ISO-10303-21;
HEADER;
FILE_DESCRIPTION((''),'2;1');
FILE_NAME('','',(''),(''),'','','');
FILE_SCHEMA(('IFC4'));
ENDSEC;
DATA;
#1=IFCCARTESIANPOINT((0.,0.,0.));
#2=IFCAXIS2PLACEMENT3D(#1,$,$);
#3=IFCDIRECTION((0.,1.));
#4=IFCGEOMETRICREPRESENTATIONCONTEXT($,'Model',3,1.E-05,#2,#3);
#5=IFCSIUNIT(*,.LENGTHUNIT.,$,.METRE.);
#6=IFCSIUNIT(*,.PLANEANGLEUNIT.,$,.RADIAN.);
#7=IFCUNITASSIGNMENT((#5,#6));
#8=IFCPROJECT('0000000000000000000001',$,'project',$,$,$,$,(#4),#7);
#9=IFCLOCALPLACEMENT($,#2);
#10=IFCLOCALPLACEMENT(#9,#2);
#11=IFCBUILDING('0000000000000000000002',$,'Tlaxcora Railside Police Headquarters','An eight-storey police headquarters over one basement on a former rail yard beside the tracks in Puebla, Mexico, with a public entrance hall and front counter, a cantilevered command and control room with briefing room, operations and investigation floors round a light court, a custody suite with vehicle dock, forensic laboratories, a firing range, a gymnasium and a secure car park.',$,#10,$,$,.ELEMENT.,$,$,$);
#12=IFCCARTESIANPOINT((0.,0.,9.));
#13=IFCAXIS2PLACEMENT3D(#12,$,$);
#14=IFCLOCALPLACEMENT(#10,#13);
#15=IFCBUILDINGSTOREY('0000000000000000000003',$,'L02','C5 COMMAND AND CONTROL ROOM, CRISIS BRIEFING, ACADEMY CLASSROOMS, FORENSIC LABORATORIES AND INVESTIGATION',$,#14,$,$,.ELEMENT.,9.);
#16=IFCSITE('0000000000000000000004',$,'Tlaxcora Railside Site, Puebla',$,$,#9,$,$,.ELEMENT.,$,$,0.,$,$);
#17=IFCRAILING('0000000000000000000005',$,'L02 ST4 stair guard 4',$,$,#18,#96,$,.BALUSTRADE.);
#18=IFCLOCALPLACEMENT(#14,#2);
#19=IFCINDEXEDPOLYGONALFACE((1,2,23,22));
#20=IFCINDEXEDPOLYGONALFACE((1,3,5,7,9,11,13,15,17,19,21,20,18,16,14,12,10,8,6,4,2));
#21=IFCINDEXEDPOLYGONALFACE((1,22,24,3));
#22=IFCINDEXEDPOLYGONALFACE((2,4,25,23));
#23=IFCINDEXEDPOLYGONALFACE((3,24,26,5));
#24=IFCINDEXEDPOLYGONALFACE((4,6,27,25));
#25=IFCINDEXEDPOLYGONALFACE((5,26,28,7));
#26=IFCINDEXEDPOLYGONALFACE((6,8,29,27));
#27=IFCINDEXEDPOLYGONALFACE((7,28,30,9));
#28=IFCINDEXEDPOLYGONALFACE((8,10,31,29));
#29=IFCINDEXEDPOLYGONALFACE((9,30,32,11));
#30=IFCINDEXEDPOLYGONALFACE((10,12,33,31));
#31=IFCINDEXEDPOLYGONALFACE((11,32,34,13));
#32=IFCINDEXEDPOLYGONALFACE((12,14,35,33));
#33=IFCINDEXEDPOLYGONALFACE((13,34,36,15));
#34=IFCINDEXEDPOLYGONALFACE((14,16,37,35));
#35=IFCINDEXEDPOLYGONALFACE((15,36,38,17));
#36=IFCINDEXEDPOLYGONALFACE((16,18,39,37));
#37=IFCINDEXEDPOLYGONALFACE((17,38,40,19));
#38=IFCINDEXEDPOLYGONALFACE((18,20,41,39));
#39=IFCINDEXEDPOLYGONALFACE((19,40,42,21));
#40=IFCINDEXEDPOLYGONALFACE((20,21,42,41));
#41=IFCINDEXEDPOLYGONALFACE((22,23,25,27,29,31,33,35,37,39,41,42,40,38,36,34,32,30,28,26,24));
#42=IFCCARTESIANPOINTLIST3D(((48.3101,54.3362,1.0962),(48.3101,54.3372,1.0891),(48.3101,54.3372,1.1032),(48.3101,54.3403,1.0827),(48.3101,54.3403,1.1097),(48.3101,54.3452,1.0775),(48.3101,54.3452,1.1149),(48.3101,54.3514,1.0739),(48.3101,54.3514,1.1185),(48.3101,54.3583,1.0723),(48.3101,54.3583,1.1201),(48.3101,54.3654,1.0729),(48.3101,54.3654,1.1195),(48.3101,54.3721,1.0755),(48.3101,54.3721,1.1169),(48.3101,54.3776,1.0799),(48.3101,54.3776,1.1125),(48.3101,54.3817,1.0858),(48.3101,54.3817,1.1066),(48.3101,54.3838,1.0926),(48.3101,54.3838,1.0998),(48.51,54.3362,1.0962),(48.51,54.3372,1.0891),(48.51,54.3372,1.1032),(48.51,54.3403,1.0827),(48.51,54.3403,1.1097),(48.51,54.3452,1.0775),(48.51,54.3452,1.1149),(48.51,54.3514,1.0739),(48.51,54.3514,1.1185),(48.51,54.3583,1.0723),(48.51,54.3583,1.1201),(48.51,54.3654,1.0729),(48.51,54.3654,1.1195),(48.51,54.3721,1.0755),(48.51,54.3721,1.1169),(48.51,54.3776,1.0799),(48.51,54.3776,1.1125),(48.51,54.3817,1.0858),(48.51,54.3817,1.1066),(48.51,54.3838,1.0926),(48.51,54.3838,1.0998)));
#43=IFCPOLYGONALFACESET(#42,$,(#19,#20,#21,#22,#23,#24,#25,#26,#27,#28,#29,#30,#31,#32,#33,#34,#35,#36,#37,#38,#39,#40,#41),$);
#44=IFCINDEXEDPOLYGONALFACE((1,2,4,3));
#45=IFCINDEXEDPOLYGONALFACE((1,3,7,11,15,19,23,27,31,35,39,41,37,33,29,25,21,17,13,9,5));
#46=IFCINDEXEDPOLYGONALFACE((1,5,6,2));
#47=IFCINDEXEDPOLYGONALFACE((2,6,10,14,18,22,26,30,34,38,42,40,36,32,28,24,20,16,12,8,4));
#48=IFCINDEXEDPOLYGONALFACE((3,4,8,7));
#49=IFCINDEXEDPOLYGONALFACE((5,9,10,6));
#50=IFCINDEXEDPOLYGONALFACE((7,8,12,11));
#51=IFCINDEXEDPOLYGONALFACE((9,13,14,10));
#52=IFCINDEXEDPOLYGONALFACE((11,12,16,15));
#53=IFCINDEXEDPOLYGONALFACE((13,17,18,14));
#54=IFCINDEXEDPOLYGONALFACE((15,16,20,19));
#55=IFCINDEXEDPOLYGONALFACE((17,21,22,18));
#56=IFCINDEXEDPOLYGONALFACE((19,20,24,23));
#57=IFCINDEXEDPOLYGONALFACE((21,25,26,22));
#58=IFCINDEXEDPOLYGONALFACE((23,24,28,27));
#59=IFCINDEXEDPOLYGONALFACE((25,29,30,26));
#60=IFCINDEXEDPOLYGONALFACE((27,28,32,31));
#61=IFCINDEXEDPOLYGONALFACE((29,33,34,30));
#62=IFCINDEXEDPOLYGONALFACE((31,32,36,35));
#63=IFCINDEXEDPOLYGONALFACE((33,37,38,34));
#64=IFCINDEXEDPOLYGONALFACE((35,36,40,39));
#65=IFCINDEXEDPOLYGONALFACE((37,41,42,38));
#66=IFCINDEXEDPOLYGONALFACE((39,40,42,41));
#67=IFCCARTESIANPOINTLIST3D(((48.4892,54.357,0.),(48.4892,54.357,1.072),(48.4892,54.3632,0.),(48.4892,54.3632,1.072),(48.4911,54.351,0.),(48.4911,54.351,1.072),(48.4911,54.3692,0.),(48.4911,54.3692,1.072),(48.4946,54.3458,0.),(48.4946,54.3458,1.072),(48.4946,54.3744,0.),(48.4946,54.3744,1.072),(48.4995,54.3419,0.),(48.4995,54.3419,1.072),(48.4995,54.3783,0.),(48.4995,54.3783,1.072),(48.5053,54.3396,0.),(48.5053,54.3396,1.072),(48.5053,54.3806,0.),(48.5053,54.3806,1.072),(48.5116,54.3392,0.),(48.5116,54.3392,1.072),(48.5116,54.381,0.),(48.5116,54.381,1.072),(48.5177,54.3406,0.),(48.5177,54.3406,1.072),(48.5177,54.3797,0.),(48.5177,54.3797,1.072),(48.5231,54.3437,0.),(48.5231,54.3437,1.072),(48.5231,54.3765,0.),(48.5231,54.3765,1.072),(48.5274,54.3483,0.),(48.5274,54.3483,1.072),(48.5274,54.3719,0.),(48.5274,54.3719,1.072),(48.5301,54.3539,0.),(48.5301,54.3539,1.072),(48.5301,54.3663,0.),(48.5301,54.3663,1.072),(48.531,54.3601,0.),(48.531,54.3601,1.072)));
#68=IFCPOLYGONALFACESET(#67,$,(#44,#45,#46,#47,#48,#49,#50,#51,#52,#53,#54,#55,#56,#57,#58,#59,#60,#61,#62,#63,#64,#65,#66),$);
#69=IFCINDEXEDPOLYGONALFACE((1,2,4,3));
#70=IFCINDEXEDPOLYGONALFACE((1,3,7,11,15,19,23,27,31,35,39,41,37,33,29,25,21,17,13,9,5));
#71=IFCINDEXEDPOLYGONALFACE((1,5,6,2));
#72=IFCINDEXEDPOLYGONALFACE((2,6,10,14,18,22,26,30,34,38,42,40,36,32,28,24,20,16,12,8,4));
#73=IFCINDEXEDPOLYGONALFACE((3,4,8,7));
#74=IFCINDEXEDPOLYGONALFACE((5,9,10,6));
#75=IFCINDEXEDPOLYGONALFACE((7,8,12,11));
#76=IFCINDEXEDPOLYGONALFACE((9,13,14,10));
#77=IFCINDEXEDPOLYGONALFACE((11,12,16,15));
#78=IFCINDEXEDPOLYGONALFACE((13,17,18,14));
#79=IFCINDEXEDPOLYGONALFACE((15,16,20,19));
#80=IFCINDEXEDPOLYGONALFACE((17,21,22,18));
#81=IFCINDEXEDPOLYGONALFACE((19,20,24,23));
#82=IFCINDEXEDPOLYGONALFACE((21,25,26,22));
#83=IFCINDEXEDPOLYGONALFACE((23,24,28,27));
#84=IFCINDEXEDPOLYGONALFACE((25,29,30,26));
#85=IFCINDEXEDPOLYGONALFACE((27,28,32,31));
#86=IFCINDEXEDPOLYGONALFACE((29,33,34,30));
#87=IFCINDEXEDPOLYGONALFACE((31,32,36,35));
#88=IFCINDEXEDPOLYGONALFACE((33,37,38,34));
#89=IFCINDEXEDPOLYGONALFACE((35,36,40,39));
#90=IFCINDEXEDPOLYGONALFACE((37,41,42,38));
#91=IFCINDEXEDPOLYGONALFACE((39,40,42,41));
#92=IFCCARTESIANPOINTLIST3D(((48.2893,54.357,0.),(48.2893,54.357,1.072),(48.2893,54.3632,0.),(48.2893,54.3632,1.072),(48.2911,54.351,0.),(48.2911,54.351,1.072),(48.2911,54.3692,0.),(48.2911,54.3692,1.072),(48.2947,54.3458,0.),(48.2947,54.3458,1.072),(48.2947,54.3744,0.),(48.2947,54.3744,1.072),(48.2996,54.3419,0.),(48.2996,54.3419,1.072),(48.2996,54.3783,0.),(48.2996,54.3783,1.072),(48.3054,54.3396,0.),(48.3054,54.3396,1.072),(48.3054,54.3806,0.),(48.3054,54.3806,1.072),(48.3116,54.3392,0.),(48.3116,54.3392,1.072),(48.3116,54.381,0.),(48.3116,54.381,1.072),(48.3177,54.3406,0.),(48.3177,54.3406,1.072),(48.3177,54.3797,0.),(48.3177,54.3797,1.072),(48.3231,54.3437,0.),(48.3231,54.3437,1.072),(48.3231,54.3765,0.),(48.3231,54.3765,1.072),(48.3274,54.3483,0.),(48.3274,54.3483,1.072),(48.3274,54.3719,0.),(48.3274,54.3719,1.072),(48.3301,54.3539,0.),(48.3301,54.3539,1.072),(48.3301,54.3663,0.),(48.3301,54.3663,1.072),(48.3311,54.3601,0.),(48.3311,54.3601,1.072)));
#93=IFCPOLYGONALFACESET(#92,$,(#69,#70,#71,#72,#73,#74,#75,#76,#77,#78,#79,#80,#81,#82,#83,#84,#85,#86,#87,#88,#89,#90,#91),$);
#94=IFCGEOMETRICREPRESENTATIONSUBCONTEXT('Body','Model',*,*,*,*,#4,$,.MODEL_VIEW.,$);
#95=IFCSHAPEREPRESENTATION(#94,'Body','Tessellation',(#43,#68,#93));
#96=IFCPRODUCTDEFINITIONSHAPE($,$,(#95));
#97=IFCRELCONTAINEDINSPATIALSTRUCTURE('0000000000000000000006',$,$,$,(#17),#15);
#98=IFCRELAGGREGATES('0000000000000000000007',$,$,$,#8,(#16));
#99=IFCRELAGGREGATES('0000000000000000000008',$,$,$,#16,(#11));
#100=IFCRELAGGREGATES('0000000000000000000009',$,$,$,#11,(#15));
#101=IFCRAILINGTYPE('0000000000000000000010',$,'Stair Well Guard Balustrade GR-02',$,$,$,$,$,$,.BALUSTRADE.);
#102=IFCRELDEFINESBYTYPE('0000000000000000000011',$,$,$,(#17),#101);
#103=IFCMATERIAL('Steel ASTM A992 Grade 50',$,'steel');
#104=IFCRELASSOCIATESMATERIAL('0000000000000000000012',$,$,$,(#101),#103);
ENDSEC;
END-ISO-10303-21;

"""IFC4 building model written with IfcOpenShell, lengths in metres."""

from ifc_helpers import new_model, si_unit, direction, frame, origin, origin_2d, place, context, subcontext, project, spatial, circle, extrude, material, type_object, element, save


model = new_model("IFC4")

# Units and contexts
model_context = context("Model", 3, precision=1e-05, world=origin(), true_north=direction((0.0, 1.0)))
body_context = subcontext(model_context, "Body", "Model", "MODEL_VIEW")
ifc_project = project(units=[si_unit("LENGTHUNIT", "METRE"), si_unit("PLANEANGLEUNIT", "RADIAN")], contexts=[model_context])

# Site, building, storey
site_placement = place(None, origin())
site = spatial("IfcSite", under=ifc_project, at=site_placement, Name="Tlaxcora Railside Site, Puebla", CompositionType="ELEMENT", RefElevation=0.0)
building_placement = place(site_placement, origin())
building = spatial("IfcBuilding", under=site, at=building_placement, Name="Tlaxcora Railside Police Headquarters", Description="An eight-storey police headquarters over one basement on a former rail yard beside the tracks in Puebla, Mexico, with a public entrance hall and front counter, a cantilevered command and control room with briefing room, operations and investigation floors round a light court, a custody suite with vehicle dock, forensic laboratories, a firing range, a gymnasium and a secure car park.", CompositionType="ELEMENT")
storey_placement = place(building_placement, frame((0.0, 0.0, 9.0)))
storey = spatial("IfcBuildingStorey", under=building, at=storey_placement, Name="L02", Description="C5 COMMAND AND CONTROL ROOM, CRISIS BRIEFING, ACADEMY CLASSROOMS, FORENSIC LABORATORIES AND INVESTIGATION", CompositionType="ELEMENT", Elevation=9.0)

# Shared definitions
ifc_material_1 = material(Name="Steel ASTM A992 Grade 50", Category="steel")

# Railing
railing_type_1 = type_object("IfcRailingType", Name="Stair Well Guard Balustrade GR-02", PredefinedType="BALUSTRADE", material=ifc_material_1)
railing_1_placement = place(storey_placement, frame((48.51, 54.3601, 0.0)))
element("IfcRailing", 1, at=railing_1_placement, inside=storey, type_object=railing_type_1, Name="L02 ST4 stair guard 4", PredefinedType="BALUSTRADE", context=body_context, shape_type="SweptSolid", body=[
    extrude(circle(Radius=0.0239, at=origin_2d()), frame((0.0, 0.0, 1.0962), z_axis=(-1.0, 0.0, 0.0), x_axis=(0.0, -1.0, 0.0)), (0.0, 0.0, 1.0), 0.2),
    extrude(circle(Radius=0.021, at=origin_2d()), origin(), (0.0, 0.0, 1.0), 1.072),
    extrude(circle(Radius=0.021, at=origin_2d()), frame((-0.2, 0.0, 0.0)), (0.0, 0.0, 1.0), 1.072),
])

save(model, "model.ifc")
